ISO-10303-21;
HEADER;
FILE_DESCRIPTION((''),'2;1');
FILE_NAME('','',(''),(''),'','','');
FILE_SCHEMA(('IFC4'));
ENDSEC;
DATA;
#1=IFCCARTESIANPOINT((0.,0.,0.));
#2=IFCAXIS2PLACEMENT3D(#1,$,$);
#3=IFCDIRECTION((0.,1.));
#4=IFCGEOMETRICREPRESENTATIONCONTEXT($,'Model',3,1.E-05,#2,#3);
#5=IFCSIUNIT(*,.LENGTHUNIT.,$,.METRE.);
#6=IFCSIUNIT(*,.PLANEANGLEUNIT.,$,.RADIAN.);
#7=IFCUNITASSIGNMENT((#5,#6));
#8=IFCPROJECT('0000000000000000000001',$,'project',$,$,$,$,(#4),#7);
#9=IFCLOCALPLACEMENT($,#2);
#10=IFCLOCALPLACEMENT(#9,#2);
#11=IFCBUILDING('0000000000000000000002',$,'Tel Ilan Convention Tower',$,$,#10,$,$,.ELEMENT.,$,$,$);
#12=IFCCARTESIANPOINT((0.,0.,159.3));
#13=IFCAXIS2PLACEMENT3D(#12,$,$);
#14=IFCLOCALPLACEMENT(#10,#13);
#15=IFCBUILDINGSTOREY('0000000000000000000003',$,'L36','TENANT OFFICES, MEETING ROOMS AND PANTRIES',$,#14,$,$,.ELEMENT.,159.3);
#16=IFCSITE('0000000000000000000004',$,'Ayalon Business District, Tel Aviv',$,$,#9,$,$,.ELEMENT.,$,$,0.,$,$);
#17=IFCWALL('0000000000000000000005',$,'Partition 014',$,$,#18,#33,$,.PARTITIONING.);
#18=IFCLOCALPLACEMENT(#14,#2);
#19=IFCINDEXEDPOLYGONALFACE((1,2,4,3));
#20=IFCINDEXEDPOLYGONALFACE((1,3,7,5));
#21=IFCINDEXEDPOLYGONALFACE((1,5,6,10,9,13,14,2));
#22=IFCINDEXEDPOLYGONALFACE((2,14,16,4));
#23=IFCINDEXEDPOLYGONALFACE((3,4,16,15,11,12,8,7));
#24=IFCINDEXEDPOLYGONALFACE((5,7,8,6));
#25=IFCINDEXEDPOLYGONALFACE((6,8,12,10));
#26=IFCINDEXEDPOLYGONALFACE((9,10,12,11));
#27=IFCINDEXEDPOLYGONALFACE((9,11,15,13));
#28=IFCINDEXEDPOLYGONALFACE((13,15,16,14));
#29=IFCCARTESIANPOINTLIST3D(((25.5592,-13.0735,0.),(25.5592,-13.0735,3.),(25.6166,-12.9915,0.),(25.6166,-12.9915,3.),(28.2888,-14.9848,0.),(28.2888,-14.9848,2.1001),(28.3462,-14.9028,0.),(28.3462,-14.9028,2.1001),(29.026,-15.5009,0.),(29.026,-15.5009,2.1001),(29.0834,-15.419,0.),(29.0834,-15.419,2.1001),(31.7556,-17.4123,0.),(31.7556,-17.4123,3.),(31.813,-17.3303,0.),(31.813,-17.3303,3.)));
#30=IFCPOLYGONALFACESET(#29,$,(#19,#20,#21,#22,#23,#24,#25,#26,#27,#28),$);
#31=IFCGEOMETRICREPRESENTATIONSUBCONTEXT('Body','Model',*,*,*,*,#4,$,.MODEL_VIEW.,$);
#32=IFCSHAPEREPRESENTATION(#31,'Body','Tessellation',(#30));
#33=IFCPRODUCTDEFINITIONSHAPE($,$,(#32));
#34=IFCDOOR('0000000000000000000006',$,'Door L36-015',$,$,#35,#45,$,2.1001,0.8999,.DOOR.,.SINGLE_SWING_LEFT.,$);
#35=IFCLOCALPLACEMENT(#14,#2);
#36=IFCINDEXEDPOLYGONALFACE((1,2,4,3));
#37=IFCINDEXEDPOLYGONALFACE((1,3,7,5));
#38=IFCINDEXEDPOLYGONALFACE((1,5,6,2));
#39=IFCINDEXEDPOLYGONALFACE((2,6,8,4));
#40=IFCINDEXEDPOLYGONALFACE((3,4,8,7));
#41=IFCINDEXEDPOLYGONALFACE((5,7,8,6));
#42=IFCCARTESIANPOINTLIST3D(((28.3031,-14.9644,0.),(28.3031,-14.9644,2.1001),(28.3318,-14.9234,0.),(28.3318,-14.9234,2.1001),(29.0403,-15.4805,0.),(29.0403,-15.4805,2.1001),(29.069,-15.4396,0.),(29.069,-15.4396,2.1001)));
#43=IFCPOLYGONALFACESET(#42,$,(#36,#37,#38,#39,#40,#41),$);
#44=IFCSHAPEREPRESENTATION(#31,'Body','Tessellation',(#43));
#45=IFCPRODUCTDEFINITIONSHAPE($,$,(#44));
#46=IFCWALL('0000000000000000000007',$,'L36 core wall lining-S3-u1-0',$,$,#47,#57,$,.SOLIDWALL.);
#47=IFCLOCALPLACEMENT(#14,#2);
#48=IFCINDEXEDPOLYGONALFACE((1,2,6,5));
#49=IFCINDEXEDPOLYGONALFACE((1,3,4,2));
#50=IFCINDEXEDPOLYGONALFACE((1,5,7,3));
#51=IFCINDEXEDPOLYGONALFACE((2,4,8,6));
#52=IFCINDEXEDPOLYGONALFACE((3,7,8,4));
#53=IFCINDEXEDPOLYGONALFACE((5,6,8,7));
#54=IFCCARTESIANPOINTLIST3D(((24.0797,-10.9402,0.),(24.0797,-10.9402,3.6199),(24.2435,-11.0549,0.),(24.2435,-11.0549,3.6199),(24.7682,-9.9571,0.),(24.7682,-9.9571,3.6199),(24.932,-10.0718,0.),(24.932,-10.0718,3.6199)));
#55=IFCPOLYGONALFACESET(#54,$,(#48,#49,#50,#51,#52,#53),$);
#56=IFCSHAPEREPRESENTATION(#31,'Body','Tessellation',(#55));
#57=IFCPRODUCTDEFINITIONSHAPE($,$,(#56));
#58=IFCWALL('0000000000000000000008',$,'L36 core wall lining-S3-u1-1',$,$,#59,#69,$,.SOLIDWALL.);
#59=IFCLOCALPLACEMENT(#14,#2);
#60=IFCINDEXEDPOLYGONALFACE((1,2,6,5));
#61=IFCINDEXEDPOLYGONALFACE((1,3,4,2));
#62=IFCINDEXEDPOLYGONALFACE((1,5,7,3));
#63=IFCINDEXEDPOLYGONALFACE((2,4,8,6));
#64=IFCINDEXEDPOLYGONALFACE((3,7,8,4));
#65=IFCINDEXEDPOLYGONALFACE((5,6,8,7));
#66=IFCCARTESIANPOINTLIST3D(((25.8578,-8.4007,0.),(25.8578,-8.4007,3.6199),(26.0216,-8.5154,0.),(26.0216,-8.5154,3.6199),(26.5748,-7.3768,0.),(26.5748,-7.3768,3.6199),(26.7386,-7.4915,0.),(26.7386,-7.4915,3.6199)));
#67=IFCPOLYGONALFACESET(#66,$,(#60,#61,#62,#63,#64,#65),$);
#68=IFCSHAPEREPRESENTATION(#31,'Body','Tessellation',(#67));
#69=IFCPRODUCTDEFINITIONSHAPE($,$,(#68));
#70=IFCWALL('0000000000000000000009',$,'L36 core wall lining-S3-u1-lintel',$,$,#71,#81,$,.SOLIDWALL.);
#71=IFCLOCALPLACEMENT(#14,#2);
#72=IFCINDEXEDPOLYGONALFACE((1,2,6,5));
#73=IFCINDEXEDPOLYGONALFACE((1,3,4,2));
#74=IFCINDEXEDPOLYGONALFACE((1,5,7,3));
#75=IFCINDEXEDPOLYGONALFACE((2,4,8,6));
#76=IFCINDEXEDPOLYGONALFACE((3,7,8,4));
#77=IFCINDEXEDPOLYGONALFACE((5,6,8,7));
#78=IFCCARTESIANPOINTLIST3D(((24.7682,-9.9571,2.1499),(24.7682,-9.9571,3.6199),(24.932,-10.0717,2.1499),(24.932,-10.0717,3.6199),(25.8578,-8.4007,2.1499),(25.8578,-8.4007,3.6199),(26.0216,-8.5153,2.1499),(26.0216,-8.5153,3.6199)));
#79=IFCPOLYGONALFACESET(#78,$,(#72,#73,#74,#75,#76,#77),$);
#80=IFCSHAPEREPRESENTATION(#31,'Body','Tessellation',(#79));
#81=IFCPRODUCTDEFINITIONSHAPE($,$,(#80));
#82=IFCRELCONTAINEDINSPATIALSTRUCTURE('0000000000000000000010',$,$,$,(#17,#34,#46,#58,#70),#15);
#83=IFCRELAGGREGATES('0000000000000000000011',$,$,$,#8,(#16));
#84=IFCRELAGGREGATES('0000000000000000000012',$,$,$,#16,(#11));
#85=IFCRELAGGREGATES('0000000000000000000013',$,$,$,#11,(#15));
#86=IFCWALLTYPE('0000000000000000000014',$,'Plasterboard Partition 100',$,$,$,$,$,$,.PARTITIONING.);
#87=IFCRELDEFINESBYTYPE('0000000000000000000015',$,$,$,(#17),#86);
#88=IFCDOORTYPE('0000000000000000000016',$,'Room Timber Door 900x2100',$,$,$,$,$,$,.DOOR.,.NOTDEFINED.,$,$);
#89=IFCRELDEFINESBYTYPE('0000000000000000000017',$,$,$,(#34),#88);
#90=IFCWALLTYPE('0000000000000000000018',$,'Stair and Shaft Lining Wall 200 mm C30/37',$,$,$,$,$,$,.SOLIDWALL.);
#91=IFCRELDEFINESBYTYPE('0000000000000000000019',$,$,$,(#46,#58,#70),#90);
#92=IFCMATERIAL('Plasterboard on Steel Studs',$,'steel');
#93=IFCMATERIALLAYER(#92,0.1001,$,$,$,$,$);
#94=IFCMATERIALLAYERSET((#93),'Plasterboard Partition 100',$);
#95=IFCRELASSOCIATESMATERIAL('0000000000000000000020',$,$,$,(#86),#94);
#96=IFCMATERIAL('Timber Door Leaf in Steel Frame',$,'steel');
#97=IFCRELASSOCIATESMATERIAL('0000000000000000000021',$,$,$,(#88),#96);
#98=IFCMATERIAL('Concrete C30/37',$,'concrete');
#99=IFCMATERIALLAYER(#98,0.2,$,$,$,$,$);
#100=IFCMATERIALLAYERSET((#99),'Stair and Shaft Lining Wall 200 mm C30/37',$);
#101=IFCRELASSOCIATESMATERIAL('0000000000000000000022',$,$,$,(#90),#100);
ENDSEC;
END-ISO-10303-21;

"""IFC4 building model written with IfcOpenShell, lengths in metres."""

from ifc_helpers import new_model, si_unit, direction, frame, frame_2d, origin, place, context, subcontext, project, spatial, rectangle, extrude, material, layer, layer_set, type_object, element, fill, save


model = new_model("IFC4")

# Units and contexts
model_context = context("Model", 3, precision=1e-05, world=origin(), true_north=direction((0.0, 1.0)))
body_context = subcontext(model_context, "Body", "Model", "MODEL_VIEW")
ifc_project = project(units=[si_unit("LENGTHUNIT", "METRE"), si_unit("PLANEANGLEUNIT", "RADIAN")], contexts=[model_context])

# Site, building, storey
site_placement = place(None, origin())
site = spatial("IfcSite", under=ifc_project, at=site_placement, Name="Ayalon Business District, Tel Aviv", CompositionType="ELEMENT", RefElevation=0.0)
building_placement = place(site_placement, origin())
building = spatial("IfcBuilding", under=site, at=building_placement, Name="Tel Ilan Convention Tower", CompositionType="ELEMENT")
storey_placement = place(building_placement, frame((0.0, 0.0, 159.3)))
storey = spatial("IfcBuildingStorey", under=building, at=storey_placement, Name="L36", Description="TENANT OFFICES, MEETING ROOMS AND PANTRIES", CompositionType="ELEMENT", Elevation=159.3)

# Wall, opening, door
ifc_material_1 = material(Name="Plasterboard on Steel Studs", Category="steel")
ifc_layer_1 = layer(ifc_material_1, 0.1001)
ifc_layer_set_1 = layer_set([ifc_layer_1], Name="Plasterboard Partition 100")
wall_type_1 = type_object("IfcWallType", Name="Plasterboard Partition 100", PredefinedType="PARTITIONING", material=ifc_layer_set_1)
wall_1_placement = place(storey_placement, frame((25.5879, -13.0325, 0.0), z_axis=(0.0, 0.0, 1.0), x_axis=(0.819152, -0.573577, 0.0)))
wall_1 = element("IfcWall", 1, at=wall_1_placement, inside=storey, type_object=wall_type_1, Name="Partition 014", PredefinedType="PARTITIONING", context=body_context, shape_type="SweptSolid", body=[
    extrude(rectangle(XDim=7.5645, YDim=0.1001, at=frame_2d((3.7822, 0.0))), origin(), (0.0, 0.0, 1.0), 3.0),
])
opening_placement = place(wall_1_placement, frame((3.3323, 0.0, 0.0)))
opening = element("IfcOpeningElement", 2, at=opening_placement, cuts=wall_1, PredefinedType="OPENING", context=body_context, shape_type="SweptSolid", body=[
    extrude(rectangle(XDim=0.8999, YDim=2.1001, at=frame_2d((0.45, 1.05))), frame((0.0, 0.0601, 0.0), z_axis=(0.0, -1.0, 0.0), x_axis=(1.0, 0.0, 0.0)), (0.0, 0.0, 1.0), 0.1201),
])
ifc_material_2 = material(Name="Timber Door Leaf in Steel Frame", Category="steel")
door_type = type_object("IfcDoorType", Name="Room Timber Door 900x2100", OperationType="NOTDEFINED", PredefinedType="DOOR", material=ifc_material_2)
door_placement = place(opening_placement, origin())
door = element("IfcDoor", 3, at=door_placement, inside=storey, type_object=door_type, Name="Door L36-015", OperationType="SINGLE_SWING_LEFT", OverallHeight=2.1001, OverallWidth=0.8999, PredefinedType="DOOR", context=body_context, shape_type="SweptSolid", body=[
    extrude(rectangle(XDim=0.8999, YDim=2.1001, at=frame_2d((0.45, 1.05))), frame((0.0, 0.0249, 0.0), z_axis=(0.0, -1.0, 0.0), x_axis=(1.0, 0.0, 0.0)), (0.0, 0.0, 1.0), 0.05),
])
fill(opening, door)

# Walls
ifc_material_3 = material(Name="Concrete C30/37", Category="concrete")
ifc_layer_2 = layer(ifc_material_3, 0.2)
ifc_layer_set_2 = layer_set([ifc_layer_2], Name="Stair and Shaft Lining Wall 200 mm C30/37")
wall_type_2 = type_object("IfcWallType", Name="Stair and Shaft Lining Wall 200 mm C30/37", PredefinedType="SOLIDWALL", material=ifc_layer_set_2)
wall_2_placement = place(storey_placement, frame((24.1616, -10.9976, 0.0), z_axis=(0.0, 0.0, 1.0), x_axis=(0.573613, 0.819127, 0.0)))
element("IfcWall", 4, at=wall_2_placement, inside=storey, type_object=wall_type_2, Name="L36 core wall lining-S3-u1-0", PredefinedType="SOLIDWALL", context=body_context, shape_type="SweptSolid", body=[
    extrude(rectangle(XDim=1.2002, YDim=0.2, at=frame_2d((0.6001, 0.0))), origin(), (0.0, 0.0, 1.0), 3.6199),
])
wall_3_placement = place(storey_placement, frame((25.9397, -8.458, 0.0), z_axis=(0.0, 0.0, 1.0), x_axis=(0.57362, 0.819122, 0.0)))
element("IfcWall", 5, at=wall_3_placement, inside=storey, type_object=wall_type_2, Name="L36 core wall lining-S3-u1-1", PredefinedType="SOLIDWALL", context=body_context, shape_type="SweptSolid", body=[
    extrude(rectangle(XDim=1.25, YDim=0.2, at=frame_2d((0.625, 0.0))), origin(), (0.0, 0.0, 1.0), 3.6199),
])
wall_4_placement = place(storey_placement, frame((24.8501, -10.0144, 2.1499), z_axis=(0.0, 0.0, 1.0), x_axis=(0.573505, 0.819202, 0.0)))
element("IfcWall", 6, at=wall_4_placement, inside=storey, type_object=wall_type_2, Name="L36 core wall lining-S3-u1-lintel", PredefinedType="SOLIDWALL", context=body_context, shape_type="SweptSolid", body=[
    extrude(rectangle(XDim=1.8999, YDim=0.2, at=frame_2d((0.95, 0.0))), origin(), (0.0, 0.0, 1.0), 1.47),
])

save(model, "model.ifc")
